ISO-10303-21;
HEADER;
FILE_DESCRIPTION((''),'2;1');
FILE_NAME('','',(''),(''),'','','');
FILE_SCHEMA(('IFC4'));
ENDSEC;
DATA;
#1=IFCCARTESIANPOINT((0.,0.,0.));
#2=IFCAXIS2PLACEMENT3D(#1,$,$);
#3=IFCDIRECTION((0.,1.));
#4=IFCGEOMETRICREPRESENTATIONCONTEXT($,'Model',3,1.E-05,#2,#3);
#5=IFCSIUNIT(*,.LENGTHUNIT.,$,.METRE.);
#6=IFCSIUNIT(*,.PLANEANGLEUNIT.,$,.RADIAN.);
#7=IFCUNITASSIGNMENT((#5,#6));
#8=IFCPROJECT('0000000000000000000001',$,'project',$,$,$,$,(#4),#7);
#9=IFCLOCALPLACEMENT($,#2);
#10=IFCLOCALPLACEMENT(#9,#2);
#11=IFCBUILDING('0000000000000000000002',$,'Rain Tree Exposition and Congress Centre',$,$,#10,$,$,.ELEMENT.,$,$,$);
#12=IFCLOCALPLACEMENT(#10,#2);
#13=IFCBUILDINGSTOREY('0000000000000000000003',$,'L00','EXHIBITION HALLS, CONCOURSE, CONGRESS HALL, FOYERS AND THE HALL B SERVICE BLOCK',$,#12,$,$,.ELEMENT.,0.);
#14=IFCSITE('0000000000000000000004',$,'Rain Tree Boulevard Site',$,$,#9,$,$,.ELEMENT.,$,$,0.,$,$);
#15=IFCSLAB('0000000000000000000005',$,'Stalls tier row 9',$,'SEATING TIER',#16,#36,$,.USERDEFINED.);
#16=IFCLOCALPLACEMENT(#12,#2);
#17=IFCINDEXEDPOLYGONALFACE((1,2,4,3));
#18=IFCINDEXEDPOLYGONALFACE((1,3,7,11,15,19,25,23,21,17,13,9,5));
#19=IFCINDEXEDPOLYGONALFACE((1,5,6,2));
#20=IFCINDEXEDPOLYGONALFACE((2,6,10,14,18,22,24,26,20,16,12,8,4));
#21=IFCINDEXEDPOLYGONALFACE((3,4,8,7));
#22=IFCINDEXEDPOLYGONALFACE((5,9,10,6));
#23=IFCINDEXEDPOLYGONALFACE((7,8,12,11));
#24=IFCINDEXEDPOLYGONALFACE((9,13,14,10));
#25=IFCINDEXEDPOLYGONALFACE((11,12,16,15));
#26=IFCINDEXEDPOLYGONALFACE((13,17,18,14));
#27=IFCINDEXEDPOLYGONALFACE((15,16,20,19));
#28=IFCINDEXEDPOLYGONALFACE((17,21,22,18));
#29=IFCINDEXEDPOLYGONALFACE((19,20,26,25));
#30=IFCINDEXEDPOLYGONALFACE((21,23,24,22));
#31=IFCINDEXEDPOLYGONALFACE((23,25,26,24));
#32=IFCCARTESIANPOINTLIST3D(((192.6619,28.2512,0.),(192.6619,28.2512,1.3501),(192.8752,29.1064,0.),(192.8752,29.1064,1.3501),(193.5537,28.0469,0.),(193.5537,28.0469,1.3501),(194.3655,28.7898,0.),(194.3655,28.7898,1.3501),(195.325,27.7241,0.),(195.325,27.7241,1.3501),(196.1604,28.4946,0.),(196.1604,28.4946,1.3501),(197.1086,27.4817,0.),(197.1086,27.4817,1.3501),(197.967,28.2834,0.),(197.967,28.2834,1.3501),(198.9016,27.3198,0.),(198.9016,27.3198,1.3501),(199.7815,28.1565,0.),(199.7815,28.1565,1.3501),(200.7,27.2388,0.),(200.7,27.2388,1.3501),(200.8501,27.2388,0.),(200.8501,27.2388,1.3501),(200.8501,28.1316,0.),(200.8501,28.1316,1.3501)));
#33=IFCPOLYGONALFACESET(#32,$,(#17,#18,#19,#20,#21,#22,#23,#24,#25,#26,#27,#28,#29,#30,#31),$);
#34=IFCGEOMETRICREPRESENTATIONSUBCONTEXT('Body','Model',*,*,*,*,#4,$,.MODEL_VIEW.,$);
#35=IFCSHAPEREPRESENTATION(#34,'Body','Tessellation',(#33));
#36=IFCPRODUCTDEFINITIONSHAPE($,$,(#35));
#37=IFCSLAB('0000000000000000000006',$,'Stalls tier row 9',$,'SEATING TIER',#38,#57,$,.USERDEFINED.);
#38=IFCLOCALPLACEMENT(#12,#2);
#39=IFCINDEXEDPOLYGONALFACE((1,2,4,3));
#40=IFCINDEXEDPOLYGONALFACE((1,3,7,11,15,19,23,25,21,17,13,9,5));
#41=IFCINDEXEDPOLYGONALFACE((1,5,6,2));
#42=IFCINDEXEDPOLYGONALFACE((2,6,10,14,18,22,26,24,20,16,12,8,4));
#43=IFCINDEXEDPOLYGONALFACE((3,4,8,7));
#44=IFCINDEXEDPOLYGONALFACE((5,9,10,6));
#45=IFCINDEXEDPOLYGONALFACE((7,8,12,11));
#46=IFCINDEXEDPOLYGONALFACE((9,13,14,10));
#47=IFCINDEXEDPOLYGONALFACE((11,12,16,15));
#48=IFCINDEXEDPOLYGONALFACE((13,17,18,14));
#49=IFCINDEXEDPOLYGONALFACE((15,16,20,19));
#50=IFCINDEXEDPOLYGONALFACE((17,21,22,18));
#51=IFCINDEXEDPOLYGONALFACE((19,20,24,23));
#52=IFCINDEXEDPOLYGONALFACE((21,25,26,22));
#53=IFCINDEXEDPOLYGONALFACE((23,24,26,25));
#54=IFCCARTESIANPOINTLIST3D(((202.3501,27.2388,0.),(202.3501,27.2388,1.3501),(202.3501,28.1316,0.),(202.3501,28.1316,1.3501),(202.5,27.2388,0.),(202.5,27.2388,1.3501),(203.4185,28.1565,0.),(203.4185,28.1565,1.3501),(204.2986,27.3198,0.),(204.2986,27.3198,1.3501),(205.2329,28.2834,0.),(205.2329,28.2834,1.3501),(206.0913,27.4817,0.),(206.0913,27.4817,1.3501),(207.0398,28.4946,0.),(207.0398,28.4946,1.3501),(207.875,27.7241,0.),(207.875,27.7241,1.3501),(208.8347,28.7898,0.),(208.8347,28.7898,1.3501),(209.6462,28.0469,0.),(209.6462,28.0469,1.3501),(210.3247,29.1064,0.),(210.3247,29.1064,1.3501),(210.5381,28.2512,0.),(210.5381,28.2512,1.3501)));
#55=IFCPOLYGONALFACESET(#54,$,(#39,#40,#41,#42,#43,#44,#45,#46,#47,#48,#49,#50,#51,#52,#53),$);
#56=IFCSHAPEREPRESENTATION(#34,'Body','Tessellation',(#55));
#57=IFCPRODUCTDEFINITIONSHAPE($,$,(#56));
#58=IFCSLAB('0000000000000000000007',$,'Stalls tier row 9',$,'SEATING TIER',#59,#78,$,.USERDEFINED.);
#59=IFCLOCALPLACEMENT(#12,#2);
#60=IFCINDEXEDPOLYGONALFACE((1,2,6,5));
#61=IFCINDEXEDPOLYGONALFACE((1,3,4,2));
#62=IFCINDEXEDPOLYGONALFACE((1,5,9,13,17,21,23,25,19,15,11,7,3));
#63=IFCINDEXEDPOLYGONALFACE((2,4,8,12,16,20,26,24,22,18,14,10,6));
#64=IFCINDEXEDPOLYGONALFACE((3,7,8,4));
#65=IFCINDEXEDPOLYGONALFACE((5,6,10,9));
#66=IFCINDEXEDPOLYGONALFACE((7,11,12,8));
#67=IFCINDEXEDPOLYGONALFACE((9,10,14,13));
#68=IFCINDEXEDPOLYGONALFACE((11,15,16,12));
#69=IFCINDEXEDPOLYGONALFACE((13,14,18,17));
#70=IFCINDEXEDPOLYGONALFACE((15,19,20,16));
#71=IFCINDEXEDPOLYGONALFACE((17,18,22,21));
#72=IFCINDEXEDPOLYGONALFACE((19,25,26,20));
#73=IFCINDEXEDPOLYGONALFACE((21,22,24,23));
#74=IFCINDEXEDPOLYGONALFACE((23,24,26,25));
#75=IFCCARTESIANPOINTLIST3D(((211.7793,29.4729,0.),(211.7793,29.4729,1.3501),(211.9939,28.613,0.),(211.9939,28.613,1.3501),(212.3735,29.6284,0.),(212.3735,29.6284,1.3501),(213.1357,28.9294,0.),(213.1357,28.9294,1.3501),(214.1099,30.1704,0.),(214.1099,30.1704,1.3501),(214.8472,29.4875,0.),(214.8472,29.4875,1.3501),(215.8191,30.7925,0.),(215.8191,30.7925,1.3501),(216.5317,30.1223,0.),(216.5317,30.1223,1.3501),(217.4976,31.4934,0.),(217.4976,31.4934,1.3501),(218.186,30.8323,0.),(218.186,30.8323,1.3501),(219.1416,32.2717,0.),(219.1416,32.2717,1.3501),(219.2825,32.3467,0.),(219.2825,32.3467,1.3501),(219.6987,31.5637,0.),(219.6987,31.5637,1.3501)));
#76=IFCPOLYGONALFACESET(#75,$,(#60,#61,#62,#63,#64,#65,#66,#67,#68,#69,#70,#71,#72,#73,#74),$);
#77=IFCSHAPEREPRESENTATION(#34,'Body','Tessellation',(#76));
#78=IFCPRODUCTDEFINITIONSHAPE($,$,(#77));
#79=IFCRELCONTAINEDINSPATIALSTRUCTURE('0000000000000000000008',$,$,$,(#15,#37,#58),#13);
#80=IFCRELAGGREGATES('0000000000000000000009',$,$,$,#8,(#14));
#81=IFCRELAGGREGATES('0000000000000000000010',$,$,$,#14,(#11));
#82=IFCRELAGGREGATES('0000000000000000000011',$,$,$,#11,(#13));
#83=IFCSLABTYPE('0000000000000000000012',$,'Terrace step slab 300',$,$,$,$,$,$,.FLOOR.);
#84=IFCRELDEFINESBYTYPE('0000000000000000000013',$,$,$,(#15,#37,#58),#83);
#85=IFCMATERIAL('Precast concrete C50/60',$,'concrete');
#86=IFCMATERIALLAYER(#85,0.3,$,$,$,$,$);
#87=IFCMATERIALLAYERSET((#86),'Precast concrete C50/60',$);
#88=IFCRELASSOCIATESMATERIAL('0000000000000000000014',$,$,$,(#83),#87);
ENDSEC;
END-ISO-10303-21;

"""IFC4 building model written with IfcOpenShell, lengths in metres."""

from ifc_helpers import new_model, si_unit, direction, origin, place, context, subcontext, project, spatial, polyline, outline, extrude, material, layer, layer_set, type_object, element, save


model = new_model("IFC4")

# Units and contexts
model_context = context("Model", 3, precision=1e-05, world=origin(), true_north=direction((0.0, 1.0)))
body_context = subcontext(model_context, "Body", "Model", "MODEL_VIEW")
ifc_project = project(units=[si_unit("LENGTHUNIT", "METRE"), si_unit("PLANEANGLEUNIT", "RADIAN")], contexts=[model_context])

# Site, building, storey
site_placement = place(None, origin())
site = spatial("IfcSite", under=ifc_project, at=site_placement, Name="Rain Tree Boulevard Site", CompositionType="ELEMENT", RefElevation=0.0)
building_placement = place(site_placement, origin())
building = spatial("IfcBuilding", under=site, at=building_placement, Name="Rain Tree Exposition and Congress Centre", CompositionType="ELEMENT")
storey_placement = place(building_placement, origin())
storey = spatial("IfcBuildingStorey", under=building, at=storey_placement, Name="L00", Description="EXHIBITION HALLS, CONCOURSE, CONGRESS HALL, FOYERS AND THE HALL B SERVICE BLOCK", CompositionType="ELEMENT", Elevation=0.0)

# Slabs
ifc_material = material(Name="Precast concrete C50/60", Category="concrete")
ifc_layer = layer(ifc_material, 0.3)
ifc_layer_set = layer_set([ifc_layer], Name="Precast concrete C50/60")
slab_type = type_object("IfcSlabType", Name="Terrace step slab 300", PredefinedType="FLOOR", material=ifc_layer_set)
slab_1_placement = place(storey_placement, origin())
element("IfcSlab", 1, at=slab_1_placement, inside=storey, type_object=slab_type, Name="Stalls tier row 9", ObjectType="SEATING TIER", PredefinedType="USERDEFINED", context=body_context, shape_type="SweptSolid", body=[
    extrude(outline(polyline([(200.7, 27.2388), (200.8501, 27.2388), (200.8501, 28.1316), (199.7815, 28.1565), (197.967, 28.2834), (196.1604, 28.4946), (194.3655, 28.7898), (192.8752, 29.1064), (192.6619, 28.2512), (193.5537, 28.0469), (195.325, 27.7241), (197.1086, 27.4817), (198.9016, 27.3198), (200.7, 27.2388)])), origin(), (0.0, 0.0, 1.0), 1.3501),
])
slab_2_placement = place(storey_placement, origin())
element("IfcSlab", 2, at=slab_2_placement, inside=storey, type_object=slab_type, Name="Stalls tier row 9", ObjectType="SEATING TIER", PredefinedType="USERDEFINED", context=body_context, shape_type="SweptSolid", body=[
    extrude(outline(polyline([(209.6462, 28.0469), (210.5381, 28.2512), (210.3247, 29.1064), (208.8347, 28.7898), (207.0398, 28.4946), (205.2329, 28.2834), (203.4185, 28.1565), (202.3501, 28.1316), (202.3501, 27.2388), (202.5, 27.2388), (204.2986, 27.3198), (206.0913, 27.4817), (207.875, 27.7241), (209.6462, 28.0469)])), origin(), (0.0, 0.0, 1.0), 1.3501),
])
slab_3_placement = place(storey_placement, origin())
element("IfcSlab", 3, at=slab_3_placement, inside=storey, type_object=slab_type, Name="Stalls tier row 9", ObjectType="SEATING TIER", PredefinedType="USERDEFINED", context=body_context, shape_type="SweptSolid", body=[
    extrude(outline(polyline([(218.186, 30.8323), (219.6987, 31.5637), (219.2825, 32.3467), (219.1416, 32.2717), (217.4976, 31.4934), (215.8191, 30.7925), (214.1099, 30.1704), (212.3735, 29.6284), (211.7793, 29.4729), (211.9939, 28.613), (213.1357, 28.9294), (214.8472, 29.4875), (216.5317, 30.1223), (218.186, 30.8323)])), origin(), (0.0, 0.0, 1.0), 1.3501),
])

save(model, "model.ifc")
